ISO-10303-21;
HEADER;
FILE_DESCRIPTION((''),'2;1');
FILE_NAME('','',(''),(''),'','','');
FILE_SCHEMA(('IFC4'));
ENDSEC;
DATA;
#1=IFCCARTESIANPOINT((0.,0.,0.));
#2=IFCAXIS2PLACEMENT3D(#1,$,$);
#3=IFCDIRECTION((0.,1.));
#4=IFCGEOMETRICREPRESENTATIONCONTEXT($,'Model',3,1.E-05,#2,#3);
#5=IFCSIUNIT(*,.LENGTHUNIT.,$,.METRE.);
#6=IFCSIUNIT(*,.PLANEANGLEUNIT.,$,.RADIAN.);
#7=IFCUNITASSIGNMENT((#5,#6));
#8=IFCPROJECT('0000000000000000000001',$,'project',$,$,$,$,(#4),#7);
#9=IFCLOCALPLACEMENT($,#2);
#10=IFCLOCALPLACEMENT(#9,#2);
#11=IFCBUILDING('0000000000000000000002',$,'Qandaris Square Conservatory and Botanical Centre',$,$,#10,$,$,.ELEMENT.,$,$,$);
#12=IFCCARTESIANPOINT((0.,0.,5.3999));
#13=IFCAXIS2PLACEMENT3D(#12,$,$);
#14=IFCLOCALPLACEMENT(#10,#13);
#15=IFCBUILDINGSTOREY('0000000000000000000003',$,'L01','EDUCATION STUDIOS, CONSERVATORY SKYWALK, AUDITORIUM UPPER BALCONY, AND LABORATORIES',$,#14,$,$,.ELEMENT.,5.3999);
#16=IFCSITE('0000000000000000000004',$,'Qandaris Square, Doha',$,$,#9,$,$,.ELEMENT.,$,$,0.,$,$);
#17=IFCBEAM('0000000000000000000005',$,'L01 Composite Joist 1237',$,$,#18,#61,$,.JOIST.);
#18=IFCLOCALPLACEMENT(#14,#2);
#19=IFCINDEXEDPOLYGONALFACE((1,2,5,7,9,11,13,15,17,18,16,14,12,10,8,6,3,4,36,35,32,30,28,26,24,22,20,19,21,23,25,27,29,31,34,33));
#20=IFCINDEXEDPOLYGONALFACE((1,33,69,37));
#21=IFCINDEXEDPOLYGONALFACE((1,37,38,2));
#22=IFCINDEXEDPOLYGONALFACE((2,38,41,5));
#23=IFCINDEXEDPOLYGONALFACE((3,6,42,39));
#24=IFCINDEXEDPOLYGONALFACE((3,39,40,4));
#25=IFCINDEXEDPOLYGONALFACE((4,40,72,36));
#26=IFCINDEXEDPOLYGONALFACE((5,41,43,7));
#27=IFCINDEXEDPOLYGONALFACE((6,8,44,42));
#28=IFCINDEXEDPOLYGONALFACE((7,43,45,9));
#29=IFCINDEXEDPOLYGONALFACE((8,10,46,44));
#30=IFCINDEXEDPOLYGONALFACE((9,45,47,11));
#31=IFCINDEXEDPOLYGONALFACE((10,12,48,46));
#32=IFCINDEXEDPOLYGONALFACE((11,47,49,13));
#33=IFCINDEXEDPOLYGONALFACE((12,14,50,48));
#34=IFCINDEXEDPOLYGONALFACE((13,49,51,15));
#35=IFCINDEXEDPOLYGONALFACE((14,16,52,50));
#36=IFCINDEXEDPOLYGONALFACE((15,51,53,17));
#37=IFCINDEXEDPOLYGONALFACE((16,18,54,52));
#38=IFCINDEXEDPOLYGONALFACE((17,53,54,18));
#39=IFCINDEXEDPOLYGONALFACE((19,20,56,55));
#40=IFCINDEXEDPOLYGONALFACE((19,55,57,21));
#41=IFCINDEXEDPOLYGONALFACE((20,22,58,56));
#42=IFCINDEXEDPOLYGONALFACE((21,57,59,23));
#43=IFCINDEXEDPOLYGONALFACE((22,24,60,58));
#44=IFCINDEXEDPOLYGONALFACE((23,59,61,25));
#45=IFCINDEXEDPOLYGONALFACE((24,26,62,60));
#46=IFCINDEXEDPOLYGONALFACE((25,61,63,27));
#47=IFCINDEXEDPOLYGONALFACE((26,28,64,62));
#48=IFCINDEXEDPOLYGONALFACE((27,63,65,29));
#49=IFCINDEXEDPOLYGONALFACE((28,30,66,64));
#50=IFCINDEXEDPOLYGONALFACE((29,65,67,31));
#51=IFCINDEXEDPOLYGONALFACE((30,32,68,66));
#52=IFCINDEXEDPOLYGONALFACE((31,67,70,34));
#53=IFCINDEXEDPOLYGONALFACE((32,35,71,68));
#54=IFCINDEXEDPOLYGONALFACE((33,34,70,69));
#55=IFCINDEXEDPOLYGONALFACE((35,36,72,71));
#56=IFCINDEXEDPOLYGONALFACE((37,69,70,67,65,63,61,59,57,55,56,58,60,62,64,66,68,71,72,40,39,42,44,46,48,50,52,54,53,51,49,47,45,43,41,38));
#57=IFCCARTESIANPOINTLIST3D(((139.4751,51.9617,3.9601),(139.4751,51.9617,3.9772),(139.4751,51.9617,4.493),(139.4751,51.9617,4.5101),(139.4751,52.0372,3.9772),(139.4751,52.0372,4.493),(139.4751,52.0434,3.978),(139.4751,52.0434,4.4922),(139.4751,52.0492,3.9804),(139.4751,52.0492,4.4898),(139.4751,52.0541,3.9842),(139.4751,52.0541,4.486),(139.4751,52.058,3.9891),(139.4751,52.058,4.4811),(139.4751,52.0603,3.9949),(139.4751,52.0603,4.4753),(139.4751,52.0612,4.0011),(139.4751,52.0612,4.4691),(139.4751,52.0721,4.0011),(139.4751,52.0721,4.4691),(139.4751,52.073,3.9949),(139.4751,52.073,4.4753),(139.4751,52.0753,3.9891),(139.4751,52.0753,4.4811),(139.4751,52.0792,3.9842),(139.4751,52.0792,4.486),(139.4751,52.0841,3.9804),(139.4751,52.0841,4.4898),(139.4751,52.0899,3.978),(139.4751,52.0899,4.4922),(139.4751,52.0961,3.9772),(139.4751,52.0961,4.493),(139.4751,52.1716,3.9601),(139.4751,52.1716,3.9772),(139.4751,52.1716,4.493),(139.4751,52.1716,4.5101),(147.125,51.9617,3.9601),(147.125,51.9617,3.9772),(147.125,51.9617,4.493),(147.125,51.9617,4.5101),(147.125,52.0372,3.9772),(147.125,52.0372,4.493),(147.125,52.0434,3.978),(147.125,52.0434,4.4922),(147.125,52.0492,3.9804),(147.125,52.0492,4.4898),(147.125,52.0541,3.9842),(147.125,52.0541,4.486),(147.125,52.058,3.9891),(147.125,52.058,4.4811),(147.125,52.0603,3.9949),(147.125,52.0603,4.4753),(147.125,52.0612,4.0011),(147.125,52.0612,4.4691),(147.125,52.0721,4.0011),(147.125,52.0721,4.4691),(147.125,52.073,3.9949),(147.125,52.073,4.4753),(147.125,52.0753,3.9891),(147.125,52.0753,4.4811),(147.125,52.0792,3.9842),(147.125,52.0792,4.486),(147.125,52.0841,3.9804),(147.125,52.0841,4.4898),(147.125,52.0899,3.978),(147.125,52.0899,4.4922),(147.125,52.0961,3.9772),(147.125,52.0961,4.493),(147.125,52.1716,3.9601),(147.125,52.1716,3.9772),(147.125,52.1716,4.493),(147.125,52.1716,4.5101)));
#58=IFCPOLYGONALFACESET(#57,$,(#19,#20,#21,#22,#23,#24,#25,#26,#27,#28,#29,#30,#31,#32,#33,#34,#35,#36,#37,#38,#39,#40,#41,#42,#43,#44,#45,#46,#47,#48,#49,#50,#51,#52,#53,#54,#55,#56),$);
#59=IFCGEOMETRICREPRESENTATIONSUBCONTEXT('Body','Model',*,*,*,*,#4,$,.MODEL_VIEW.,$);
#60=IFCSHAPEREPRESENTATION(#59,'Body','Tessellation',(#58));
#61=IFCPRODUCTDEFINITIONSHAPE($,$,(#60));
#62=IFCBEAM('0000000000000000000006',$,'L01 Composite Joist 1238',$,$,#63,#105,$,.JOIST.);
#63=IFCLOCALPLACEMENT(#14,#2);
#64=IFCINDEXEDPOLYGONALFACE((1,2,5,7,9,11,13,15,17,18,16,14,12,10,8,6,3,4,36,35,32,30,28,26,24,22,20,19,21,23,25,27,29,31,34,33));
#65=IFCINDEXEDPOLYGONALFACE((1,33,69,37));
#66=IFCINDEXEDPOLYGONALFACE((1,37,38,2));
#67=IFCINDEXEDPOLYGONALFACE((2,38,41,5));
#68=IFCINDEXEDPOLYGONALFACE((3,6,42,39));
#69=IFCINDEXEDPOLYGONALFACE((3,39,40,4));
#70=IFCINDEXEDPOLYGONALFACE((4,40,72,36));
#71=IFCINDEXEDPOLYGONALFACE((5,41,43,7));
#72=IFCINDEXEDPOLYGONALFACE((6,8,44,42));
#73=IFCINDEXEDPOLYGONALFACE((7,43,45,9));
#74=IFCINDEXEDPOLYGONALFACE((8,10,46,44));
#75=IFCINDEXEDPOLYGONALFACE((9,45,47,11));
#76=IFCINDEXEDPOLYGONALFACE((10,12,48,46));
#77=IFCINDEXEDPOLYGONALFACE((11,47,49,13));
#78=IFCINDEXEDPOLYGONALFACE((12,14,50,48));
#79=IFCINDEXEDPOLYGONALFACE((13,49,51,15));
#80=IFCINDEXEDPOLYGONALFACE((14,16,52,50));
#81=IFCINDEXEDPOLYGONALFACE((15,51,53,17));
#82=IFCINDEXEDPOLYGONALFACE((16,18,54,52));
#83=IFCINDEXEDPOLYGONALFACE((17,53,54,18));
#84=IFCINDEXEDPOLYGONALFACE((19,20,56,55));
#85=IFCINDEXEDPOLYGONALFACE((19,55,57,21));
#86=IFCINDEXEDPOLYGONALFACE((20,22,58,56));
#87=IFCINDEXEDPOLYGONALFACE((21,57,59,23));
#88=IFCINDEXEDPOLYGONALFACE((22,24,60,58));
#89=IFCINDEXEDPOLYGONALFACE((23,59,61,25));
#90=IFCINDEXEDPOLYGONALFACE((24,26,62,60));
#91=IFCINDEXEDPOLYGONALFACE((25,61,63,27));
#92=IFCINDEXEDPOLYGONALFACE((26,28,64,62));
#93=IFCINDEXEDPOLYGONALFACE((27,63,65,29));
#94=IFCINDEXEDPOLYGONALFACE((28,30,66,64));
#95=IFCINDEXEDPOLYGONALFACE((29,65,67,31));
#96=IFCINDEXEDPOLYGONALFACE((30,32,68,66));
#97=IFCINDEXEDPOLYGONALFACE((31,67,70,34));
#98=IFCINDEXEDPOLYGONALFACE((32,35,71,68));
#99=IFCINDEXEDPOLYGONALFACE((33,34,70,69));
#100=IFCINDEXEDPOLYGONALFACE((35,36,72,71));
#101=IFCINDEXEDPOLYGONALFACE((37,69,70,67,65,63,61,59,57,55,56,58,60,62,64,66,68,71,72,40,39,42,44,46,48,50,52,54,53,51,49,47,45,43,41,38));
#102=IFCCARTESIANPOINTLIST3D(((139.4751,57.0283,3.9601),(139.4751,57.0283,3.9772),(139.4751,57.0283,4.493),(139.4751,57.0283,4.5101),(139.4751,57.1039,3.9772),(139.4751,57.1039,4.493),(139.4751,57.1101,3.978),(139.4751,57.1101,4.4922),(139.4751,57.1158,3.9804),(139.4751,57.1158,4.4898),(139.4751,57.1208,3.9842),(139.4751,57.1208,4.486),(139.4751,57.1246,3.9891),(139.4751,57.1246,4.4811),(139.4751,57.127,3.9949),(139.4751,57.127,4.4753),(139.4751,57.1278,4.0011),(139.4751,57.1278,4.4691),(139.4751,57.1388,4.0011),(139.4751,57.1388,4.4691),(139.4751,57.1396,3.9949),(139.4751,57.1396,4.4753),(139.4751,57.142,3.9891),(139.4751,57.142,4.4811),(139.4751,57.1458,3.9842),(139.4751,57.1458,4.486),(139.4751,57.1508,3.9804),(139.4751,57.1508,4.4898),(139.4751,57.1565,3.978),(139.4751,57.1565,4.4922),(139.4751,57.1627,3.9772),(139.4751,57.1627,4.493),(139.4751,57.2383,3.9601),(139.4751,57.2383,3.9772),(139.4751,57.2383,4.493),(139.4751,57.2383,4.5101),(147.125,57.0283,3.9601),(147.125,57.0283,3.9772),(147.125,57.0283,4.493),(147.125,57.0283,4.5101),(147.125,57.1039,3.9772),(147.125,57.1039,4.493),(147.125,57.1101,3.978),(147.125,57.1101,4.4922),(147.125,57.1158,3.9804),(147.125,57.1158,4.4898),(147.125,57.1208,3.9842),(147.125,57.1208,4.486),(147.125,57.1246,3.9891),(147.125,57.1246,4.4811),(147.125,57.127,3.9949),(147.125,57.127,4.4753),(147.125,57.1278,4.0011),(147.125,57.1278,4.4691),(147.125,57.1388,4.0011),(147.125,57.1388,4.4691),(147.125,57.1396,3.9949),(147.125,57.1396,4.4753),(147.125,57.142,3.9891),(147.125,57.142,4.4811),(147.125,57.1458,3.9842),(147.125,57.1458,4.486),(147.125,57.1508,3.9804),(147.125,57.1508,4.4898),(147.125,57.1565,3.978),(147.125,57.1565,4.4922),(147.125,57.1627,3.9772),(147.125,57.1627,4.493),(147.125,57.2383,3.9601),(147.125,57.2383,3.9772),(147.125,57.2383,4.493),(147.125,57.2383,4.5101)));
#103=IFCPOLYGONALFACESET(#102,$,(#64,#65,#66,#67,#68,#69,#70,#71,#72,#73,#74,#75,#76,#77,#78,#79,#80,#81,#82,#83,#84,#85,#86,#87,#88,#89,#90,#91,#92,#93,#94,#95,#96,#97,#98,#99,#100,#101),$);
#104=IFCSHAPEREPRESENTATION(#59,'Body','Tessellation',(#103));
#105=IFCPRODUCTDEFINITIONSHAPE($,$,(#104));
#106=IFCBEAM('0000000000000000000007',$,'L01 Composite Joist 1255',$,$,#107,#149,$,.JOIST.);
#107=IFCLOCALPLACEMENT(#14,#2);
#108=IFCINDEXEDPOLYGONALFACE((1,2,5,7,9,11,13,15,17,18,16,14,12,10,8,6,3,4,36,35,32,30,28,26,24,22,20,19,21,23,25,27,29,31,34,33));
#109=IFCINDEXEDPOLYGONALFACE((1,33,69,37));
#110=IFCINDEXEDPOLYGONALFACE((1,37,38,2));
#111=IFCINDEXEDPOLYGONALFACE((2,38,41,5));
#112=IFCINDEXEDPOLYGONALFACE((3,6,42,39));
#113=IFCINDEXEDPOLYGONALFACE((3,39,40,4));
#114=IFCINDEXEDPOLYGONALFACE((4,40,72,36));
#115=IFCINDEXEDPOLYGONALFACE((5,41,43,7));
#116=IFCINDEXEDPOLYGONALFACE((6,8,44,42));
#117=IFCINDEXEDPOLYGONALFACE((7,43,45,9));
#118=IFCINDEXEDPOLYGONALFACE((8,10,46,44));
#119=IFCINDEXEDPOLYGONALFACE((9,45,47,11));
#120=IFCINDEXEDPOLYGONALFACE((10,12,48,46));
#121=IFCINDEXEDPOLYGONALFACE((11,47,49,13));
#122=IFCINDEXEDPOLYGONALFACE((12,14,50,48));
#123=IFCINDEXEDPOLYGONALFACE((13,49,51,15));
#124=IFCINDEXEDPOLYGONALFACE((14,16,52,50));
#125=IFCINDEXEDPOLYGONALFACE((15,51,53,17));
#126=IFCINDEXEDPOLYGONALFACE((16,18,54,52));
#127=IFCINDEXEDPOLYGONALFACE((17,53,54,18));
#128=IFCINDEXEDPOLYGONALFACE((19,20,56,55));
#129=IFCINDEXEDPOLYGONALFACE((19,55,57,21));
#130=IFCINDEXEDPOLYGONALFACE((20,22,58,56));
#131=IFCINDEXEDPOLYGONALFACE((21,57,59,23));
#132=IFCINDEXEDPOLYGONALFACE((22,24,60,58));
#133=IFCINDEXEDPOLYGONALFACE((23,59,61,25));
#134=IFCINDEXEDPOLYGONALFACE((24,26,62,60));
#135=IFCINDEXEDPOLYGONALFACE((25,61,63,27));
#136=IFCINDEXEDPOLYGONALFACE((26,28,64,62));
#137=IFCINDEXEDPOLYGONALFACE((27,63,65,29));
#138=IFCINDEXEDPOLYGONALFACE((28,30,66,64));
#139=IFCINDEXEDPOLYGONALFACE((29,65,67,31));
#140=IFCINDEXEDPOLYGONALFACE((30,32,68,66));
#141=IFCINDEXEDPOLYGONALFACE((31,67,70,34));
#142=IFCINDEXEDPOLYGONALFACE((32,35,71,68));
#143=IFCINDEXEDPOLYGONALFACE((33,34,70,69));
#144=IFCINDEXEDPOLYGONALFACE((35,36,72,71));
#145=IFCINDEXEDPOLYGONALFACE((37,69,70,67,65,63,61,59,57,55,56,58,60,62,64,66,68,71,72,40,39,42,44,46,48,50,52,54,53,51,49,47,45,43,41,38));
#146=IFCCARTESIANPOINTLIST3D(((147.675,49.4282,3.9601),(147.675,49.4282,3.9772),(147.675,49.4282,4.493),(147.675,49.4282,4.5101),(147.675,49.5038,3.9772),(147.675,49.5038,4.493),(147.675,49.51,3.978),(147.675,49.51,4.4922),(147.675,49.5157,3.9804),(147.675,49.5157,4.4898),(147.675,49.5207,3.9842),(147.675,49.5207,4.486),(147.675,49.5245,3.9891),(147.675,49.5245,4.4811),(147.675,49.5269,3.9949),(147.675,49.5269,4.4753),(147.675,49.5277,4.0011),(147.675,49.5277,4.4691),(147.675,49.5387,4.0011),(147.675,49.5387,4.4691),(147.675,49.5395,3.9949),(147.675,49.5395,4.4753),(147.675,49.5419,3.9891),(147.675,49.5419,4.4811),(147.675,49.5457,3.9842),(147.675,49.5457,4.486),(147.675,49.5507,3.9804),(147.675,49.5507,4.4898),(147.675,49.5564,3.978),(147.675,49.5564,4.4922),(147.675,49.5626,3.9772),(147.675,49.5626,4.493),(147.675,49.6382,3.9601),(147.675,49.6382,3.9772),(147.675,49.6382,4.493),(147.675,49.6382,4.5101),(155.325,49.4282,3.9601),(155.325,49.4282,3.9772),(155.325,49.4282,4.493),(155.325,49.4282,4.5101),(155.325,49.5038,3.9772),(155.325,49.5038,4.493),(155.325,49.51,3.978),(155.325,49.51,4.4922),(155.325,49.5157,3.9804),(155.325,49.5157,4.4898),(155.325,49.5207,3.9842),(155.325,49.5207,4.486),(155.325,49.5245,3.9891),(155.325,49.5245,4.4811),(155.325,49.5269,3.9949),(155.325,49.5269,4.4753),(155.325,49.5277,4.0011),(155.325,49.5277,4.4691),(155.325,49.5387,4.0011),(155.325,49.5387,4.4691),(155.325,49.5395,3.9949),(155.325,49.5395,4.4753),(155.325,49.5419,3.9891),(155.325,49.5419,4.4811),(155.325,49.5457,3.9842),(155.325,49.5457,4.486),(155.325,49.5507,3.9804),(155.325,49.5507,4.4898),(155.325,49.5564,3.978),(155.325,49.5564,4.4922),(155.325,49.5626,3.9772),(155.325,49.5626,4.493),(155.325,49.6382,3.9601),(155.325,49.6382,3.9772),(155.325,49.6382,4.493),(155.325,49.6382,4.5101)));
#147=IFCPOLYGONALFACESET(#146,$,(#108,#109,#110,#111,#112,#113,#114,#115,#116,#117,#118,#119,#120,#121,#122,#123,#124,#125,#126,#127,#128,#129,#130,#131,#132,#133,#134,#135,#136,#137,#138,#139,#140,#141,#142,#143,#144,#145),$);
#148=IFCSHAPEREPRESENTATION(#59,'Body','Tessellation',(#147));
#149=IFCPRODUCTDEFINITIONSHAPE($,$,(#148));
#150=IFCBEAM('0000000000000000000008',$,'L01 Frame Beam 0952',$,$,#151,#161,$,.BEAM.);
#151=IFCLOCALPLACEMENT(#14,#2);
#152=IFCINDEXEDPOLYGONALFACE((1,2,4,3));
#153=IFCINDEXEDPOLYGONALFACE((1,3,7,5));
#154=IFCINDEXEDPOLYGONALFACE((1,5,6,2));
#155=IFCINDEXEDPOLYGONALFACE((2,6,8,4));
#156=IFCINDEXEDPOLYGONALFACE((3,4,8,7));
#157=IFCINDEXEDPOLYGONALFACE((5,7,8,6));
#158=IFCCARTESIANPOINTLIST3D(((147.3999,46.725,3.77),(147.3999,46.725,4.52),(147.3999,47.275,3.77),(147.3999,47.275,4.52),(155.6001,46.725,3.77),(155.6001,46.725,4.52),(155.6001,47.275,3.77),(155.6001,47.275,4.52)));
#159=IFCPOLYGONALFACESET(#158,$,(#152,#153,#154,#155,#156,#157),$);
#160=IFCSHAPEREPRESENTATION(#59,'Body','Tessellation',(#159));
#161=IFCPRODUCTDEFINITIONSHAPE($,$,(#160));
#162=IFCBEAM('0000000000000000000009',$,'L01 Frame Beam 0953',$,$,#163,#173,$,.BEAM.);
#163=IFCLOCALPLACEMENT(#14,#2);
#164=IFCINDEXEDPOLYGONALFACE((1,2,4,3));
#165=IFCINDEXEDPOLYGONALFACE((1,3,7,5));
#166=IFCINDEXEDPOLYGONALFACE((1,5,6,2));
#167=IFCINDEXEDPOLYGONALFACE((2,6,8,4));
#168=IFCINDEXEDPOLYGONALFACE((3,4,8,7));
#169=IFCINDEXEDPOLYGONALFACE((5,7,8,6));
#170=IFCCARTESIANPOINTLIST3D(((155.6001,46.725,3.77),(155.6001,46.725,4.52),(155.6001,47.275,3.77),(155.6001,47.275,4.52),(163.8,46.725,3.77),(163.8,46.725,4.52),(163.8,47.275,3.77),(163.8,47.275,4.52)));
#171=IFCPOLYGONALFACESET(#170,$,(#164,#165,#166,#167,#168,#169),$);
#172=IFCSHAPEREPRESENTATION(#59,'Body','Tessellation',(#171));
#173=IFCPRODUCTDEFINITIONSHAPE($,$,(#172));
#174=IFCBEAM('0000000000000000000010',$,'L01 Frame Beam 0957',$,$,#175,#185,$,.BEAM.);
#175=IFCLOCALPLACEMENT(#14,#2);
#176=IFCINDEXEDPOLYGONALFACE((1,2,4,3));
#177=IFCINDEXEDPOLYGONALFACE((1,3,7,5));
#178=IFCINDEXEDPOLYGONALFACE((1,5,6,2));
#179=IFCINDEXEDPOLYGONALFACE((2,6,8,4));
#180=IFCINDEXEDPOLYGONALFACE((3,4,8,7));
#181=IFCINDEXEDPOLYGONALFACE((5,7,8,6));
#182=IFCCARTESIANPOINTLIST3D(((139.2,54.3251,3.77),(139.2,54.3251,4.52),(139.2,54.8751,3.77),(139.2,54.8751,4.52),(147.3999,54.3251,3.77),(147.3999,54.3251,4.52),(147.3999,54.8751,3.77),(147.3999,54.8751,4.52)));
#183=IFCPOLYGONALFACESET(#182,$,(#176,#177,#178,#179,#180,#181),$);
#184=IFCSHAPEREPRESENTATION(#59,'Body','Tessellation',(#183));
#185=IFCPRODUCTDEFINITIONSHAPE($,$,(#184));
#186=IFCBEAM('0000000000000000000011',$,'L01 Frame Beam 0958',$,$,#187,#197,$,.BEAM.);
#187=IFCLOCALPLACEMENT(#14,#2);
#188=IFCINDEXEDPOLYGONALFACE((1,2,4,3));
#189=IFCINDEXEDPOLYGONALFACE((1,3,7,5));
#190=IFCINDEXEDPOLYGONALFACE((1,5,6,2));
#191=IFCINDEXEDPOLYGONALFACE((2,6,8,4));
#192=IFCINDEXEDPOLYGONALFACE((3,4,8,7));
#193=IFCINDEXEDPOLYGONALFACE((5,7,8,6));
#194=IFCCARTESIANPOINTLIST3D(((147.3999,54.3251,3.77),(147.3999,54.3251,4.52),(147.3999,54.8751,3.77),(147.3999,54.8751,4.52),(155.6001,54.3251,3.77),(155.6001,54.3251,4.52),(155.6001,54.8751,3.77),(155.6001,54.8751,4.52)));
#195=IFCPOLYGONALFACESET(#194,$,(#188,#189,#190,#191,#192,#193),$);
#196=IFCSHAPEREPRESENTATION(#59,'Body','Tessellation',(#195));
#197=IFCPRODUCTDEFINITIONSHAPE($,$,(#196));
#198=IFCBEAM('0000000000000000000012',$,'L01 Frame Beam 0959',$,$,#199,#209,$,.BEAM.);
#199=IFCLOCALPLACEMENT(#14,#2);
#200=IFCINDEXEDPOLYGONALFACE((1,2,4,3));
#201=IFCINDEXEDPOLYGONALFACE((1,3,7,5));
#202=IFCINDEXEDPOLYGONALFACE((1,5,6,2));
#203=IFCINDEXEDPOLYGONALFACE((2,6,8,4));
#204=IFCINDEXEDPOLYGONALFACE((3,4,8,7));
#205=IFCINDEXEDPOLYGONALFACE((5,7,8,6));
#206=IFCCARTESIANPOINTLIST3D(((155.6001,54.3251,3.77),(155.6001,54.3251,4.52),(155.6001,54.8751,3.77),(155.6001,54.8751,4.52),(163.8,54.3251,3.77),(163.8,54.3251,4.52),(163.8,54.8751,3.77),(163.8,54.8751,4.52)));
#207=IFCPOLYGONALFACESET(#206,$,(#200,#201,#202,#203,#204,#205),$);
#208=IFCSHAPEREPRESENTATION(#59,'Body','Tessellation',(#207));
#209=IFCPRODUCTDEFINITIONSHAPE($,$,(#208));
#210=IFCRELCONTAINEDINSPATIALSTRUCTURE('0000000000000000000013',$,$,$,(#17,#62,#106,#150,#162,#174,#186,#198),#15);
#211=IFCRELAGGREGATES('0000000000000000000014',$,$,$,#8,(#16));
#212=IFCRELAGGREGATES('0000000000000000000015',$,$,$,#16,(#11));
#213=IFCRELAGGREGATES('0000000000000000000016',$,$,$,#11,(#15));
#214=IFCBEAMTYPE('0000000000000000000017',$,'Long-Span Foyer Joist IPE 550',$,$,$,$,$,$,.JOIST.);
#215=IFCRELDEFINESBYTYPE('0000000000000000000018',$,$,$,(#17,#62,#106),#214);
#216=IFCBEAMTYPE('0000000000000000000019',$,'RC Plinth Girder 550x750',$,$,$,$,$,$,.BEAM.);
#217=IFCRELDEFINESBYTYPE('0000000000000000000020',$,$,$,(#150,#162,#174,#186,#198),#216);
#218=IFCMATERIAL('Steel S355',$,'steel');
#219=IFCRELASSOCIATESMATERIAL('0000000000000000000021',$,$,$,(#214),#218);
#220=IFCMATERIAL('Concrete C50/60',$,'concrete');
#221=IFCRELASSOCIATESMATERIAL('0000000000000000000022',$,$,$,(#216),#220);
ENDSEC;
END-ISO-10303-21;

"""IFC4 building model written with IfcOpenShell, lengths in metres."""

from ifc_helpers import new_model, si_unit, direction, frame, origin, origin_2d, place, context, subcontext, project, spatial, rectangle, i_section, extrude, material, material_profile, profile_set, type_object, element, save


model = new_model("IFC4")

# Units and contexts
model_context = context("Model", 3, precision=1e-05, world=origin(), true_north=direction((0.0, 1.0)))
body_context = subcontext(model_context, "Body", "Model", "MODEL_VIEW")
ifc_project = project(units=[si_unit("LENGTHUNIT", "METRE"), si_unit("PLANEANGLEUNIT", "RADIAN")], contexts=[model_context])

# Site, building, storey
site_placement = place(None, origin())
site = spatial("IfcSite", under=ifc_project, at=site_placement, Name="Qandaris Square, Doha", CompositionType="ELEMENT", RefElevation=0.0)
building_placement = place(site_placement, origin())
building = spatial("IfcBuilding", under=site, at=building_placement, Name="Qandaris Square Conservatory and Botanical Centre", CompositionType="ELEMENT")
storey_placement = place(building_placement, frame((0.0, 0.0, 5.3999)))
storey = spatial("IfcBuildingStorey", under=building, at=storey_placement, Name="L01", Description="EDUCATION STUDIOS, CONSERVATORY SKYWALK, AUDITORIUM UPPER BALCONY, AND LABORATORIES", CompositionType="ELEMENT", Elevation=5.3999)

# Shared definitions
ifc_material_1 = material(Name="Concrete C50/60", Category="concrete")

# Beams
ifc_material_2 = material(Name="Steel S355", Category="steel")
ifc_material_profile_1 = material_profile(ifc_material_2, i_section(OverallWidth=0.21, OverallDepth=0.55, WebThickness=0.011, FlangeThickness=0.0171, FilletRadius=0.0239, at=origin_2d()), Name="IPE 550")
ifc_profile_set_1 = profile_set([ifc_material_profile_1], Name="Steel S355")
beam_type_1 = type_object("IfcBeamType", Name="Long-Span Foyer Joist IPE 550", PredefinedType="JOIST", material=ifc_profile_set_1)
for number, where, z_axis, x_axis, name in (
    (1, (139.4751, 52.0667, 4.2351), (1.0, 0.0, 0.0), (0.0, 1.0, 0.0), "L01 Composite Joist 1237"),
    (2, (139.4751, 57.1333, 4.2351), (1.0, 0.0, 0.0), (0.0, 1.0, 0.0), "L01 Composite Joist 1238"),
    (3, (147.675, 49.5332, 4.2351), (1.0, 0.0, 0.0), (0.0, 1.0, 0.0), "L01 Composite Joist 1255"),
):
    element("IfcBeam", number, at=place(storey_placement, frame(where, z_axis=z_axis, x_axis=x_axis)), inside=storey, type_object=beam_type_1, Name=name, PredefinedType="JOIST", context=body_context, shape_type="SweptSolid", body=[
        extrude(i_section(OverallWidth=0.21, OverallDepth=0.55, WebThickness=0.011, FlangeThickness=0.0171, FilletRadius=0.0239, at=origin_2d()), origin(), (0.0, 0.0, 1.0), 7.6499),
    ])
ifc_material_profile_2 = material_profile(ifc_material_1, rectangle(XDim=0.55, YDim=0.75, at=origin_2d()), Name="RC-BM 550x750")
ifc_profile_set_2 = profile_set([ifc_material_profile_2], Name="Concrete C50/60")
beam_type_2 = type_object("IfcBeamType", Name="RC Plinth Girder 550x750", PredefinedType="BEAM", material=ifc_profile_set_2)
beam_1_placement = place(storey_placement, frame((147.3999, 47.0, 4.145), z_axis=(1.0, 0.0, 0.0), x_axis=(0.0, 1.0, 0.0)))
element("IfcBeam", 4, at=beam_1_placement, inside=storey, type_object=beam_type_2, Name="L01 Frame Beam 0952", PredefinedType="BEAM", context=body_context, shape_type="SweptSolid", body=[
    extrude(rectangle(XDim=0.55, YDim=0.75, at=origin_2d()), origin(), (0.0, 0.0, 1.0), 8.2002),
])
for number, where, z_axis, x_axis, name in (
    (5, (155.6001, 47.0, 4.145), (1.0, 0.0, 0.0), (0.0, 1.0, 0.0), "L01 Frame Beam 0953"),
    (6, (139.2, 54.6001, 4.145), (1.0, 0.0, 0.0), (0.0, 1.0, 0.0), "L01 Frame Beam 0957"),
):
    element("IfcBeam", number, at=place(storey_placement, frame(where, z_axis=z_axis, x_axis=x_axis)), inside=storey, type_object=beam_type_2, Name=name, PredefinedType="BEAM", context=body_context, shape_type="SweptSolid", body=[
        extrude(rectangle(XDim=0.55, YDim=0.75, at=origin_2d()), origin(), (0.0, 0.0, 1.0), 8.2),
    ])
beam_2_placement = place(storey_placement, frame((147.3999, 54.6001, 4.145), z_axis=(1.0, 0.0, 0.0), x_axis=(0.0, 1.0, 0.0)))
element("IfcBeam", 7, at=beam_2_placement, inside=storey, type_object=beam_type_2, Name="L01 Frame Beam 0958", PredefinedType="BEAM", context=body_context, shape_type="SweptSolid", body=[
    extrude(rectangle(XDim=0.55, YDim=0.75, at=origin_2d()), origin(), (0.0, 0.0, 1.0), 8.2002),
])
beam_3_placement = place(storey_placement, frame((155.6001, 54.6001, 4.145), z_axis=(1.0, 0.0, 0.0), x_axis=(0.0, 1.0, 0.0)))
element("IfcBeam", 8, at=beam_3_placement, inside=storey, type_object=beam_type_2, Name="L01 Frame Beam 0959", PredefinedType="BEAM", context=body_context, shape_type="SweptSolid", body=[
    extrude(rectangle(XDim=0.55, YDim=0.75, at=origin_2d()), origin(), (0.0, 0.0, 1.0), 8.2),
])

save(model, "model.ifc")
